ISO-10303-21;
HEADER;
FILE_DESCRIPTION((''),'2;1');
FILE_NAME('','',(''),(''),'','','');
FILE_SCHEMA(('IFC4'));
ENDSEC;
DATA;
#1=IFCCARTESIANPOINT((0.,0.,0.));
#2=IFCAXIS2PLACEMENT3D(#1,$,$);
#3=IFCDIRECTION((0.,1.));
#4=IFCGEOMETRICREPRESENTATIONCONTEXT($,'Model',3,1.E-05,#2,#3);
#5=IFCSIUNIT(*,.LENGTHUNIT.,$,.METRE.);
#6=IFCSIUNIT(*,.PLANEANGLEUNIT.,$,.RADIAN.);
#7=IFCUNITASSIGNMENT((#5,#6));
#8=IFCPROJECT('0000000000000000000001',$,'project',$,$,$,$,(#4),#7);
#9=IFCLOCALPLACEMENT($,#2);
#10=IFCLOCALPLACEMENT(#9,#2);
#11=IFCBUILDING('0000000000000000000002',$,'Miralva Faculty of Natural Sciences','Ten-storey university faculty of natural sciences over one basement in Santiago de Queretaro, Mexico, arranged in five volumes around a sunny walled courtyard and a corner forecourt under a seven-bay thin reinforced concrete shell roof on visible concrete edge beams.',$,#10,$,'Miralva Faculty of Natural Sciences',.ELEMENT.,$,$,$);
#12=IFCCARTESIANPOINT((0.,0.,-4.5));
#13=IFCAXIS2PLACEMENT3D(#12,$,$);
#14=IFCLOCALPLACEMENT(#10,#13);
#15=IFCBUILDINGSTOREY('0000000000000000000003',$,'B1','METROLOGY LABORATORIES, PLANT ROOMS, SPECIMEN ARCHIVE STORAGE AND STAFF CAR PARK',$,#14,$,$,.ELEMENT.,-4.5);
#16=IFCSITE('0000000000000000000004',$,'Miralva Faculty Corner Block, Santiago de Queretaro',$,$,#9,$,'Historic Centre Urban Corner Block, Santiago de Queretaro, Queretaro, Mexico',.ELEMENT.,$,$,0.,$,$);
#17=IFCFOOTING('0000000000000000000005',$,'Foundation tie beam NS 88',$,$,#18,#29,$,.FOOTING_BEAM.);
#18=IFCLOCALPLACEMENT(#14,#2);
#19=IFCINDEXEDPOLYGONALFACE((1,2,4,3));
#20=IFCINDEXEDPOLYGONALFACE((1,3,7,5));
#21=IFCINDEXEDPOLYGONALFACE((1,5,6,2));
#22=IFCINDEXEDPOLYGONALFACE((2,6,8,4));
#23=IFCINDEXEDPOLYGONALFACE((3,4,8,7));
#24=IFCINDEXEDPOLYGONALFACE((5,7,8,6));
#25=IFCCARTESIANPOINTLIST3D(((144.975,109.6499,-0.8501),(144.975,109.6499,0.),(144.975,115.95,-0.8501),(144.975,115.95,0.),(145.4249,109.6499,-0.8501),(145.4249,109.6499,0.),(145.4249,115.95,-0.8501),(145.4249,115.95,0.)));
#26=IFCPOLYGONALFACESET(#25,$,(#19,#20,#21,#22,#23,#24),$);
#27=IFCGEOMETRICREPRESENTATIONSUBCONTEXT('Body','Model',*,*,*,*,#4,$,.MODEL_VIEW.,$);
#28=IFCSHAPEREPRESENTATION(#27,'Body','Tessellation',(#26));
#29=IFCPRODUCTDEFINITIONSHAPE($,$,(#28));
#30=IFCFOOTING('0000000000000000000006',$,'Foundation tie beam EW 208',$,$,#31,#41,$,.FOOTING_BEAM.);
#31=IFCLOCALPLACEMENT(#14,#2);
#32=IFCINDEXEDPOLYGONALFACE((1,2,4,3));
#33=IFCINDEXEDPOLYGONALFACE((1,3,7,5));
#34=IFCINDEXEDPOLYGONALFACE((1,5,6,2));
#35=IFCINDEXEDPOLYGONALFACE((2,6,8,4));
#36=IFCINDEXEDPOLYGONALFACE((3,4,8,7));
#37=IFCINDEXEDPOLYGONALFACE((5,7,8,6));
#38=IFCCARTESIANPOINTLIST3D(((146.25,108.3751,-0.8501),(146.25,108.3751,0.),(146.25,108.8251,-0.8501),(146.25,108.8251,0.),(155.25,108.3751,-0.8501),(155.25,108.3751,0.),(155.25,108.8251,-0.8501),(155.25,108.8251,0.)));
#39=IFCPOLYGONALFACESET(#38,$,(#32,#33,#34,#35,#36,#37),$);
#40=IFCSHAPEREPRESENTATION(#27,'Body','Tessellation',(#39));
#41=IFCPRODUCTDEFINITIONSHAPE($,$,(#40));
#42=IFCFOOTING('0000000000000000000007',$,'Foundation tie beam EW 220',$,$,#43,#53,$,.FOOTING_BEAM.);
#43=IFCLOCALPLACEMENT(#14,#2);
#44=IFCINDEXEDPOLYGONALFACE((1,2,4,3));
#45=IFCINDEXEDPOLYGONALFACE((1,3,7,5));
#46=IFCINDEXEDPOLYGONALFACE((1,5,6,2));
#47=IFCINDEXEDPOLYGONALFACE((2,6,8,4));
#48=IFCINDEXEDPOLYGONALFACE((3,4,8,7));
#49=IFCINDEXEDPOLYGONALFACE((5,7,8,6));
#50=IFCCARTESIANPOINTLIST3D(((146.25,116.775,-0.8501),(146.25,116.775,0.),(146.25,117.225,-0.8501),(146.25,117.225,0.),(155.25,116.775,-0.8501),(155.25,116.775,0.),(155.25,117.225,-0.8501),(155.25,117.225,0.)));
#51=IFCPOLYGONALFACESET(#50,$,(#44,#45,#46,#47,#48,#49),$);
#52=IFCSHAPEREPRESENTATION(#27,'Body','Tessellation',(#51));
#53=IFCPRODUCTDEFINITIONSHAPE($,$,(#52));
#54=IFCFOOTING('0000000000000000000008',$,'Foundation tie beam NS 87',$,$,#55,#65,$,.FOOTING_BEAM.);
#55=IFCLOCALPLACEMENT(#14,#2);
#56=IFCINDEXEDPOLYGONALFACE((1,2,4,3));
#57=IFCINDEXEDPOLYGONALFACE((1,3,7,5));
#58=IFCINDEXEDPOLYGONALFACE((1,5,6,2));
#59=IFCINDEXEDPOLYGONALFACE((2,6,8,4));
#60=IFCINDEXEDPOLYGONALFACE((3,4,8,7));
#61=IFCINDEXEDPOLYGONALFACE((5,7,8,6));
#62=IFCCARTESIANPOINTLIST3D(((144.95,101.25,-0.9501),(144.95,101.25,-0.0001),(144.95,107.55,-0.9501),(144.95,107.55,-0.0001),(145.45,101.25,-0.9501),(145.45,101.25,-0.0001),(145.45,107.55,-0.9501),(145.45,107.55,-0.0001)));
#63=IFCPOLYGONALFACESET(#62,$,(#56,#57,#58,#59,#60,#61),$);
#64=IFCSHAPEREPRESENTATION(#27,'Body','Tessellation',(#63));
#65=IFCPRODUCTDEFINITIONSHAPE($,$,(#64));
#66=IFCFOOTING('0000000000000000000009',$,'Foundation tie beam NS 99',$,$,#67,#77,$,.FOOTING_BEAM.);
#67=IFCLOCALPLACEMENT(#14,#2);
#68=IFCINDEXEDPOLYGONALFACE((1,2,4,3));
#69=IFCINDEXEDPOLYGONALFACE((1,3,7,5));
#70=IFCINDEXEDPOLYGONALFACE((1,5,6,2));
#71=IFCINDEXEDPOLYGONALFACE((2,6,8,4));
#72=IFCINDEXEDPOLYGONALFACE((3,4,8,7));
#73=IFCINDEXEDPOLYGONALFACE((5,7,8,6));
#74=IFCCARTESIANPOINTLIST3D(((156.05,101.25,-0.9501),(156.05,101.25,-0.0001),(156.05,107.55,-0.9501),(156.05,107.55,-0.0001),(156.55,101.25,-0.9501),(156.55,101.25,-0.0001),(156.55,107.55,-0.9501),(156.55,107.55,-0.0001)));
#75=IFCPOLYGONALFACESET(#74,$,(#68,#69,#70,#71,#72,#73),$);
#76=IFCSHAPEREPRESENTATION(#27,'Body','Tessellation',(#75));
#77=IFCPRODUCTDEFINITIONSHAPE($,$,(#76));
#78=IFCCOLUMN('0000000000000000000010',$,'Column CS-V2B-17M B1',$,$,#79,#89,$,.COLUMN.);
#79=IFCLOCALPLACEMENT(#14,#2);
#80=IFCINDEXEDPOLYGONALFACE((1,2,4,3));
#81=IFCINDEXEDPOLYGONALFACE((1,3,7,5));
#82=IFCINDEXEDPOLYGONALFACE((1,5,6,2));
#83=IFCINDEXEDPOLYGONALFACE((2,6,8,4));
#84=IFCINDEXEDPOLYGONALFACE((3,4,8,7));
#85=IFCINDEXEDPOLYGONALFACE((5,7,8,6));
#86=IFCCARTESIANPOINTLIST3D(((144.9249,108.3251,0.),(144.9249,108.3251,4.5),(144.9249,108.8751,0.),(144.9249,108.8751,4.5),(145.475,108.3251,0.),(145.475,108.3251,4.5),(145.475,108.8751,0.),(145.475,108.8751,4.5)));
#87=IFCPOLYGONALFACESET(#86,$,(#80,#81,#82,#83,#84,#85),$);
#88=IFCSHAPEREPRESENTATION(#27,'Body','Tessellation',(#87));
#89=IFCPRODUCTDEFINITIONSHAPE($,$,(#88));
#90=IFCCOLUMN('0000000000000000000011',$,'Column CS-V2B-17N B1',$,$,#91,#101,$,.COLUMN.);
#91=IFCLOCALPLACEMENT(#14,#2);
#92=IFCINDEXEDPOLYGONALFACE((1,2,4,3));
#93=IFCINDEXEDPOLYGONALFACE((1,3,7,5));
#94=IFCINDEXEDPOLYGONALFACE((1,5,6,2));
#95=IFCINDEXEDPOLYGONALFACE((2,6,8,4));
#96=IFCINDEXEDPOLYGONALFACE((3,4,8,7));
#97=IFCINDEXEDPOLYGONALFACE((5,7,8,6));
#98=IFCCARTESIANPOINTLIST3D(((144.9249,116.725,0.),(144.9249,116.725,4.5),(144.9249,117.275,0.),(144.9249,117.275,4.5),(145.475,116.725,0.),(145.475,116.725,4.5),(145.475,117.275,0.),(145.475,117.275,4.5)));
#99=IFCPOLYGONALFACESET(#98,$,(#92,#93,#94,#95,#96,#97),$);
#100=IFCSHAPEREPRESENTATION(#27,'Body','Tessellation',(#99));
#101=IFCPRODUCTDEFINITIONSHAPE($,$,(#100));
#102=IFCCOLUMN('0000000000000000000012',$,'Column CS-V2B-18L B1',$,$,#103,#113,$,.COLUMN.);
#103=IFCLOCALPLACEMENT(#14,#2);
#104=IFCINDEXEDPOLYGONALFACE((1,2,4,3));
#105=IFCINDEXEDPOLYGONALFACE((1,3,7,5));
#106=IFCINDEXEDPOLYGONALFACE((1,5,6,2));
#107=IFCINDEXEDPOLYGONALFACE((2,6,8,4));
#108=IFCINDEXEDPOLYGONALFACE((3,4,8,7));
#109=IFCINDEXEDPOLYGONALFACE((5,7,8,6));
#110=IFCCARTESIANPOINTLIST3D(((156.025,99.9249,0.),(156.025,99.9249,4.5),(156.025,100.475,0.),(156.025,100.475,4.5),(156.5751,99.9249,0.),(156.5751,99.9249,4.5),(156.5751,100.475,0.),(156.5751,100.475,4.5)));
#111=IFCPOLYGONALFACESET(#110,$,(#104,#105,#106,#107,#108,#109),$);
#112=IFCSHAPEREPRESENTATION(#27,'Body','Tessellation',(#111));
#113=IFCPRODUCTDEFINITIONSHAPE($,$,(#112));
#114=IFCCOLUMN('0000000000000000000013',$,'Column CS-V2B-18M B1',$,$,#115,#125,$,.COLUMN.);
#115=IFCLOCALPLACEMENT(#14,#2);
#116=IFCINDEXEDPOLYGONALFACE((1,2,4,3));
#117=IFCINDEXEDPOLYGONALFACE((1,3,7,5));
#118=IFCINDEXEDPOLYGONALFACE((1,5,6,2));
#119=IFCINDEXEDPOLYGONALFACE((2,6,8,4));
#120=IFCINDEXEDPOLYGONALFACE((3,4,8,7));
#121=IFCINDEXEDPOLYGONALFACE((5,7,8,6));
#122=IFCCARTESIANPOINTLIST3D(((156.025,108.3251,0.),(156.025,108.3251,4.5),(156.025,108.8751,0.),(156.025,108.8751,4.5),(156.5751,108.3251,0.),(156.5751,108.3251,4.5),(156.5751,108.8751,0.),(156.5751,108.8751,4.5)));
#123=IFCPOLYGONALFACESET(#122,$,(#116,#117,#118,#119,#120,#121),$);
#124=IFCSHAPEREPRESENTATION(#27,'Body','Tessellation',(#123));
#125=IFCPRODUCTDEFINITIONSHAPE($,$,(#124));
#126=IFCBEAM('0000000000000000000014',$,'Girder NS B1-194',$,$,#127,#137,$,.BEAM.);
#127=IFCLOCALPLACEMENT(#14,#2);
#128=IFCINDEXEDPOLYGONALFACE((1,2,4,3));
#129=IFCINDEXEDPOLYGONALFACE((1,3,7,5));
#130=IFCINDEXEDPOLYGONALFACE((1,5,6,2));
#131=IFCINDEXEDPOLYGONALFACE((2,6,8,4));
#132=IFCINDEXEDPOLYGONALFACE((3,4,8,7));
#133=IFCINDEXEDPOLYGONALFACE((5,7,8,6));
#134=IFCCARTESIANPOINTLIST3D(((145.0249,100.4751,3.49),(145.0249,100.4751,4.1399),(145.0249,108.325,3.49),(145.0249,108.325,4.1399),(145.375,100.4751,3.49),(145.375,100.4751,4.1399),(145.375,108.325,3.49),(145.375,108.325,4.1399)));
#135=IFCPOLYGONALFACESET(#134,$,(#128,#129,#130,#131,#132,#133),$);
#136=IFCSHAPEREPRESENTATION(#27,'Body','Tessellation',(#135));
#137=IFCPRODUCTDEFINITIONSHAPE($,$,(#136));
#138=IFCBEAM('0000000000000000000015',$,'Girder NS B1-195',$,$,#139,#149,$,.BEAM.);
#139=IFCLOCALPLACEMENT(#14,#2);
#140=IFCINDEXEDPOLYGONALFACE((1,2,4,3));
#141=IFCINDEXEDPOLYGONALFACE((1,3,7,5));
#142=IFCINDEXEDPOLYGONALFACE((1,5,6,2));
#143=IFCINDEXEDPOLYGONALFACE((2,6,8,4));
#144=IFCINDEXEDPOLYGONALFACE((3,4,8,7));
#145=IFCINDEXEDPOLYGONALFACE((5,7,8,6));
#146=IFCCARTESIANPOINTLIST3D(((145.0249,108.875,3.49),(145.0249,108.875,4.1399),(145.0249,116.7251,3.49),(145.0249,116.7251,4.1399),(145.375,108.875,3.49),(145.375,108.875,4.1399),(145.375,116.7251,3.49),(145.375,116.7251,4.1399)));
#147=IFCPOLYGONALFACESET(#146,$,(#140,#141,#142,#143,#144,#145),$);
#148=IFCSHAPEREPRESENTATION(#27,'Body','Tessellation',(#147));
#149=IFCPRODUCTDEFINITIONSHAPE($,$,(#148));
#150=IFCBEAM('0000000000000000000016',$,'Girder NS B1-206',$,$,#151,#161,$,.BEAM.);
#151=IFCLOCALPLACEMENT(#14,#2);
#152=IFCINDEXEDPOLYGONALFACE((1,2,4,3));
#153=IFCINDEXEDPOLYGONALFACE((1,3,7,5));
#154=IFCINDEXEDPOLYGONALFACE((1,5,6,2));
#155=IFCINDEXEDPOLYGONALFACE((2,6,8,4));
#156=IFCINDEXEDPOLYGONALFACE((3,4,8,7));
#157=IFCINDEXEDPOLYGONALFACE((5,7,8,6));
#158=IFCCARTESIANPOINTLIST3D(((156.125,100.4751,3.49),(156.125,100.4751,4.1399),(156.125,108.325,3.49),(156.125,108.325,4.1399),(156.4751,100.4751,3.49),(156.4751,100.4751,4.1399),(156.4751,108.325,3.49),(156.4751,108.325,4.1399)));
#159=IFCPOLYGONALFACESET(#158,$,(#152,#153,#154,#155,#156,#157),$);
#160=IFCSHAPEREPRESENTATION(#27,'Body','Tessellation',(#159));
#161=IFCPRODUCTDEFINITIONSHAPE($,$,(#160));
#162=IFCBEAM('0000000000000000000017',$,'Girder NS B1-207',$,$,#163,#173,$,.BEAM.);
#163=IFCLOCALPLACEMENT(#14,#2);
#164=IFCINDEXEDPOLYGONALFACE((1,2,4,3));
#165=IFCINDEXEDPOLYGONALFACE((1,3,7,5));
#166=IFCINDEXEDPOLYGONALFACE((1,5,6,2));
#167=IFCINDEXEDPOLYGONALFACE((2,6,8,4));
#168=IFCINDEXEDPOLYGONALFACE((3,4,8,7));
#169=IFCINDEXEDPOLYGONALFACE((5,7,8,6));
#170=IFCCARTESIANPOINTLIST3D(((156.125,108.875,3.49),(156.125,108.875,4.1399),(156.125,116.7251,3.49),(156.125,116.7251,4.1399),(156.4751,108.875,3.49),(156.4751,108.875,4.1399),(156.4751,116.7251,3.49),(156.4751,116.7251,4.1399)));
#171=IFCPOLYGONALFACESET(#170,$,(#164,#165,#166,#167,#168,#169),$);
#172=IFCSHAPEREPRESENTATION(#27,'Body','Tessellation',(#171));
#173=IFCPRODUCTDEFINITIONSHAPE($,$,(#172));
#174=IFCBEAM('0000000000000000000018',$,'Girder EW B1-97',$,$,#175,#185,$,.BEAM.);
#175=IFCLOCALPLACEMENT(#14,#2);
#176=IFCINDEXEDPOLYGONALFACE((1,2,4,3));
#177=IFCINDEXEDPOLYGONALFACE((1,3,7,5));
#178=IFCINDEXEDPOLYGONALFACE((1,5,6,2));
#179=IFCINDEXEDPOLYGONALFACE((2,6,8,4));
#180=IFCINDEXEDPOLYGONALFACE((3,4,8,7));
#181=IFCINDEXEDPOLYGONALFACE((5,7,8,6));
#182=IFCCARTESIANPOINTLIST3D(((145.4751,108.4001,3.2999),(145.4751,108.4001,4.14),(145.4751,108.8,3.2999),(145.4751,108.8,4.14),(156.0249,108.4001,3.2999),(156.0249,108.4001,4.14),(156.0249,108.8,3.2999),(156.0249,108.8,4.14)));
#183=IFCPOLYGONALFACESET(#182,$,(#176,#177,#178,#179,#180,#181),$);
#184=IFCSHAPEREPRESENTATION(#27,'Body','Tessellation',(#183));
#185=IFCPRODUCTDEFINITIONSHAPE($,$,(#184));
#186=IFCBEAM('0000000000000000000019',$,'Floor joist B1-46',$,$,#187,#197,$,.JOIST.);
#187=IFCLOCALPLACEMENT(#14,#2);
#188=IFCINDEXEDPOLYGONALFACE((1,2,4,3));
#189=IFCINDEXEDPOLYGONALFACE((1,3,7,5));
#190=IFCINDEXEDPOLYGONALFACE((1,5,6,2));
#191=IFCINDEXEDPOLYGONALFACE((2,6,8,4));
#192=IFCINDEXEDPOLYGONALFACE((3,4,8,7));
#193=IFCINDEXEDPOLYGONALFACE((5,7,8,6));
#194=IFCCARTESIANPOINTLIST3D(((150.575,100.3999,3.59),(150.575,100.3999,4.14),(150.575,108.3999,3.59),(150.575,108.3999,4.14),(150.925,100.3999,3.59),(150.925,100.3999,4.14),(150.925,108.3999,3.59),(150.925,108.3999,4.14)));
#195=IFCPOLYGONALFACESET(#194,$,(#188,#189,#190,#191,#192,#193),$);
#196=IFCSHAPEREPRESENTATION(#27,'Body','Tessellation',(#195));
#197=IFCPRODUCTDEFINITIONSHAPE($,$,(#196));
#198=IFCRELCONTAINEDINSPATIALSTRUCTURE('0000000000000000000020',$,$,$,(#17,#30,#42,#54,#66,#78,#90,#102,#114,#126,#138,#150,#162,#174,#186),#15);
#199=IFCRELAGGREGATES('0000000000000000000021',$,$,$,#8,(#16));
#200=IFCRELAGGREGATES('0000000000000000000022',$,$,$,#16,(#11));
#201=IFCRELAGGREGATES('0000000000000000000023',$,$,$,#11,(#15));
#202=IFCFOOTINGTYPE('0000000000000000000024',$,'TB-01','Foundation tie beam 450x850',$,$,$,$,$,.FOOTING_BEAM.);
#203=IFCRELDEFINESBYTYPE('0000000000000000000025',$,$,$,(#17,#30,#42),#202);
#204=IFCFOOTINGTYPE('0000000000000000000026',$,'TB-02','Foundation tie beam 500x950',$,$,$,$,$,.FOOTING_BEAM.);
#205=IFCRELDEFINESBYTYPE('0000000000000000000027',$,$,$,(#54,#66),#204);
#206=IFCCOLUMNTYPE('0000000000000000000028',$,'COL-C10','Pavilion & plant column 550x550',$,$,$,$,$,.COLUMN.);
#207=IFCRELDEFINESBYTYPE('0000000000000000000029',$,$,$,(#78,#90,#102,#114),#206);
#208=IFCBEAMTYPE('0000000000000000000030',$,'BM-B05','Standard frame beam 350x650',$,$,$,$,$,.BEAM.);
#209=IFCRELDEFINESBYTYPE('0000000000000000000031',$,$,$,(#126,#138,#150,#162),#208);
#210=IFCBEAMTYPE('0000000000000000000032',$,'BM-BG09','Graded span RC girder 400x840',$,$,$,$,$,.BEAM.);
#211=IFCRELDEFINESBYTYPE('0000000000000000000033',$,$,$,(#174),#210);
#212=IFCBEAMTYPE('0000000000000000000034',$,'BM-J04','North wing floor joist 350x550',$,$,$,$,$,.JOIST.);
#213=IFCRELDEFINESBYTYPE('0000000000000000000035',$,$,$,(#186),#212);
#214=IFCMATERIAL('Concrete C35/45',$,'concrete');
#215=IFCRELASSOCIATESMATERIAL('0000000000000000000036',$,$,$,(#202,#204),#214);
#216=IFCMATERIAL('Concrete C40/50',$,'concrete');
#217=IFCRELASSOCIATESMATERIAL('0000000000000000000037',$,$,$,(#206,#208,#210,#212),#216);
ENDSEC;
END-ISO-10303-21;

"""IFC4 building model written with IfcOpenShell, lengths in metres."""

from ifc_helpers import new_model, si_unit, direction, frame, origin, origin_2d, place, context, subcontext, project, spatial, rectangle, extrude, material, material_profile, profile_set, type_object, element, save


model = new_model("IFC4")

# Units and contexts
model_context = context("Model", 3, precision=1e-05, world=origin(), true_north=direction((0.0, 1.0)))
body_context = subcontext(model_context, "Body", "Model", "MODEL_VIEW")
ifc_project = project(units=[si_unit("LENGTHUNIT", "METRE"), si_unit("PLANEANGLEUNIT", "RADIAN")], contexts=[model_context])

# Site, building, storey
site_placement = place(None, origin())
site = spatial("IfcSite", under=ifc_project, at=site_placement, Name="Miralva Faculty Corner Block, Santiago de Queretaro", LongName="Historic Centre Urban Corner Block, Santiago de Queretaro, Queretaro, Mexico", CompositionType="ELEMENT", RefElevation=0.0)
building_placement = place(site_placement, origin())
building = spatial("IfcBuilding", under=site, at=building_placement, Name="Miralva Faculty of Natural Sciences", Description="Ten-storey university faculty of natural sciences over one basement in Santiago de Queretaro, Mexico, arranged in five volumes around a sunny walled courtyard and a corner forecourt under a seven-bay thin reinforced concrete shell roof on visible concrete edge beams.", LongName="Miralva Faculty of Natural Sciences", CompositionType="ELEMENT")
storey_placement = place(building_placement, frame((0.0, 0.0, -4.5)))
storey = spatial("IfcBuildingStorey", under=building, at=storey_placement, Name="B1", Description="METROLOGY LABORATORIES, PLANT ROOMS, SPECIMEN ARCHIVE STORAGE AND STAFF CAR PARK", CompositionType="ELEMENT", Elevation=-4.5)

# Shared definitions
ifc_material_1 = material(Name="Concrete C35/45", Category="concrete")

# Footings
ifc_material_profile_1 = material_profile(ifc_material_1, rectangle(XDim=0.45, YDim=0.8501, at=origin_2d()), Name="RC 450x850")
ifc_profile_set_1 = profile_set([ifc_material_profile_1], Name="Concrete C35/45")
footing_type_1 = type_object("IfcFootingType", Name="TB-01", Description="Foundation tie beam 450x850", PredefinedType="FOOTING_BEAM", material=ifc_profile_set_1)
footing_placement = place(storey_placement, frame((145.2, 109.6499, -0.425), z_axis=(0.0, 1.0, 0.0), x_axis=(-1.0, 0.0, 0.0)))
element("IfcFooting", 1, at=footing_placement, inside=storey, type_object=footing_type_1, Name="Foundation tie beam NS 88", PredefinedType="FOOTING_BEAM", context=body_context, shape_type="SweptSolid", body=[
    extrude(rectangle(XDim=0.45, YDim=0.8501, at=origin_2d()), origin(), (0.0, 0.0, 1.0), 6.3),
])
for number, where, z_axis, x_axis, name in (
    (2, (146.25, 108.6001, -0.425), (1.0, 0.0, 0.0), (0.0, 1.0, 0.0), "Foundation tie beam EW 208"),
    (3, (146.25, 117.0, -0.425), (1.0, 0.0, 0.0), (0.0, 1.0, 0.0), "Foundation tie beam EW 220"),
):
    element("IfcFooting", number, at=place(storey_placement, frame(where, z_axis=z_axis, x_axis=x_axis)), inside=storey, type_object=footing_type_1, Name=name, PredefinedType="FOOTING_BEAM", context=body_context, shape_type="SweptSolid", body=[
        extrude(rectangle(XDim=0.45, YDim=0.8501, at=origin_2d()), origin(), (0.0, 0.0, 1.0), 9.0),
    ])
ifc_material_profile_2 = material_profile(ifc_material_1, rectangle(XDim=0.5, YDim=0.95, at=origin_2d()), Name="RC 500x950")
ifc_profile_set_2 = profile_set([ifc_material_profile_2], Name="Concrete C35/45")
footing_type_2 = type_object("IfcFootingType", Name="TB-02", Description="Foundation tie beam 500x950", PredefinedType="FOOTING_BEAM", material=ifc_profile_set_2)
for number, where, z_axis, x_axis, name in (
    (4, (145.2, 101.25, -0.4751), (0.0, 1.0, 0.0), (-1.0, 0.0, 0.0), "Foundation tie beam NS 87"),
    (5, (156.3, 101.25, -0.4751), (0.0, 1.0, 0.0), (-1.0, 0.0, 0.0), "Foundation tie beam NS 99"),
):
    element("IfcFooting", number, at=place(storey_placement, frame(where, z_axis=z_axis, x_axis=x_axis)), inside=storey, type_object=footing_type_2, Name=name, PredefinedType="FOOTING_BEAM", context=body_context, shape_type="SweptSolid", body=[
        extrude(rectangle(XDim=0.5, YDim=0.95, at=origin_2d()), origin(), (0.0, 0.0, 1.0), 6.3),
    ])

# Columns
ifc_material_2 = material(Name="Concrete C40/50", Category="concrete")
ifc_material_profile_3 = material_profile(ifc_material_2, rectangle(XDim=0.55, YDim=0.55, at=origin_2d()), Name="RC 550x550")
ifc_profile_set_3 = profile_set([ifc_material_profile_3], Name="Concrete C40/50")
column_type = type_object("IfcColumnType", Name="COL-C10", Description="Pavilion & plant column 550x550", PredefinedType="COLUMN", material=ifc_profile_set_3)
for number, where, z_axis, x_axis, name in (
    (6, (145.2, 108.6001, 0.0), (0.0, 0.0, 1.0), (1.0, 0.0, 0.0), "Column CS-V2B-17M B1"),
    (7, (145.2, 117.0, 0.0), (0.0, 0.0, 1.0), (1.0, 0.0, 0.0), "Column CS-V2B-17N B1"),
    (8, (156.3, 100.2, 0.0), (0.0, 0.0, 1.0), (1.0, 0.0, 0.0), "Column CS-V2B-18L B1"),
    (9, (156.3, 108.6001, 0.0), (0.0, 0.0, 1.0), (1.0, 0.0, 0.0), "Column CS-V2B-18M B1"),
):
    element("IfcColumn", number, at=place(storey_placement, frame(where, z_axis=z_axis, x_axis=x_axis)), inside=storey, type_object=column_type, Name=name, PredefinedType="COLUMN", context=body_context, shape_type="SweptSolid", body=[
        extrude(rectangle(XDim=0.55, YDim=0.55, at=origin_2d()), origin(), (0.0, 0.0, 1.0), 4.5),
    ])

# Beams
ifc_material_profile_4 = material_profile(ifc_material_2, rectangle(XDim=0.3501, YDim=0.6499, at=origin_2d()), Name="RC 350x650")
ifc_profile_set_4 = profile_set([ifc_material_profile_4], Name="Concrete C40/50")
beam_type_1 = type_object("IfcBeamType", Name="BM-B05", Description="Standard frame beam 350x650", PredefinedType="BEAM", material=ifc_profile_set_4)
beam_1_placement = place(storey_placement, frame((145.2, 100.4751, 3.8149), z_axis=(0.0, 1.0, 0.0), x_axis=(-1.0, 0.0, 0.0)))
element("IfcBeam", 10, at=beam_1_placement, inside=storey, type_object=beam_type_1, Name="Girder NS B1-194", PredefinedType="BEAM", context=body_context, shape_type="SweptSolid", body=[
    extrude(rectangle(XDim=0.3501, YDim=0.6499, at=origin_2d()), origin(), (0.0, 0.0, 1.0), 7.8499),
])
beam_2_placement = place(storey_placement, frame((145.2, 108.875, 3.8149), z_axis=(0.0, 1.0, 0.0), x_axis=(-1.0, 0.0, 0.0)))
element("IfcBeam", 11, at=beam_2_placement, inside=storey, type_object=beam_type_1, Name="Girder NS B1-195", PredefinedType="BEAM", context=body_context, shape_type="SweptSolid", body=[
    extrude(rectangle(XDim=0.3501, YDim=0.6499, at=origin_2d()), origin(), (0.0, 0.0, 1.0), 7.8501),
])
beam_3_placement = place(storey_placement, frame((156.3, 100.4751, 3.8149), z_axis=(0.0, 1.0, 0.0), x_axis=(-1.0, 0.0, 0.0)))
element("IfcBeam", 12, at=beam_3_placement, inside=storey, type_object=beam_type_1, Name="Girder NS B1-206", PredefinedType="BEAM", context=body_context, shape_type="SweptSolid", body=[
    extrude(rectangle(XDim=0.3501, YDim=0.6499, at=origin_2d()), origin(), (0.0, 0.0, 1.0), 7.8499),
])
beam_4_placement = place(storey_placement, frame((156.3, 108.875, 3.8149), z_axis=(0.0, 1.0, 0.0), x_axis=(-1.0, 0.0, 0.0)))
element("IfcBeam", 13, at=beam_4_placement, inside=storey, type_object=beam_type_1, Name="Girder NS B1-207", PredefinedType="BEAM", context=body_context, shape_type="SweptSolid", body=[
    extrude(rectangle(XDim=0.3501, YDim=0.6499, at=origin_2d()), origin(), (0.0, 0.0, 1.0), 7.8501),
])
ifc_material_profile_5 = material_profile(ifc_material_2, rectangle(XDim=0.3999, YDim=0.8401, at=origin_2d()), Name="RC 400x840")
ifc_profile_set_5 = profile_set([ifc_material_profile_5], Name="Concrete C40/50")
beam_type_2 = type_object("IfcBeamType", Name="BM-BG09", Description="Graded span RC girder 400x840", PredefinedType="BEAM", material=ifc_profile_set_5)
beam_5_placement = place(storey_placement, frame((145.4751, 108.6001, 3.72), z_axis=(1.0, 0.0, 0.0), x_axis=(0.0, 1.0, 0.0)))
element("IfcBeam", 14, at=beam_5_placement, inside=storey, type_object=beam_type_2, Name="Girder EW B1-97", PredefinedType="BEAM", context=body_context, shape_type="SweptSolid", body=[
    extrude(rectangle(XDim=0.3999, YDim=0.8401, at=origin_2d()), origin(), (0.0, 0.0, 1.0), 10.5498),
])
ifc_material_profile_6 = material_profile(ifc_material_2, rectangle(XDim=0.3501, YDim=0.55, at=origin_2d()), Name="RC 350x550")
ifc_profile_set_6 = profile_set([ifc_material_profile_6], Name="Concrete C40/50")
beam_type_3 = type_object("IfcBeamType", Name="BM-J04", Description="North wing floor joist 350x550", PredefinedType="JOIST", material=ifc_profile_set_6)
beam_6_placement = place(storey_placement, frame((150.75, 100.3999, 3.865), z_axis=(0.0, 1.0, 0.0), x_axis=(-1.0, 0.0, 0.0)))
element("IfcBeam", 15, at=beam_6_placement, inside=storey, type_object=beam_type_3, Name="Floor joist B1-46", PredefinedType="JOIST", context=body_context, shape_type="SweptSolid", body=[
    extrude(rectangle(XDim=0.3501, YDim=0.55, at=origin_2d()), origin(), (0.0, 0.0, 1.0), 8.0),
])

save(model, "model.ifc")
